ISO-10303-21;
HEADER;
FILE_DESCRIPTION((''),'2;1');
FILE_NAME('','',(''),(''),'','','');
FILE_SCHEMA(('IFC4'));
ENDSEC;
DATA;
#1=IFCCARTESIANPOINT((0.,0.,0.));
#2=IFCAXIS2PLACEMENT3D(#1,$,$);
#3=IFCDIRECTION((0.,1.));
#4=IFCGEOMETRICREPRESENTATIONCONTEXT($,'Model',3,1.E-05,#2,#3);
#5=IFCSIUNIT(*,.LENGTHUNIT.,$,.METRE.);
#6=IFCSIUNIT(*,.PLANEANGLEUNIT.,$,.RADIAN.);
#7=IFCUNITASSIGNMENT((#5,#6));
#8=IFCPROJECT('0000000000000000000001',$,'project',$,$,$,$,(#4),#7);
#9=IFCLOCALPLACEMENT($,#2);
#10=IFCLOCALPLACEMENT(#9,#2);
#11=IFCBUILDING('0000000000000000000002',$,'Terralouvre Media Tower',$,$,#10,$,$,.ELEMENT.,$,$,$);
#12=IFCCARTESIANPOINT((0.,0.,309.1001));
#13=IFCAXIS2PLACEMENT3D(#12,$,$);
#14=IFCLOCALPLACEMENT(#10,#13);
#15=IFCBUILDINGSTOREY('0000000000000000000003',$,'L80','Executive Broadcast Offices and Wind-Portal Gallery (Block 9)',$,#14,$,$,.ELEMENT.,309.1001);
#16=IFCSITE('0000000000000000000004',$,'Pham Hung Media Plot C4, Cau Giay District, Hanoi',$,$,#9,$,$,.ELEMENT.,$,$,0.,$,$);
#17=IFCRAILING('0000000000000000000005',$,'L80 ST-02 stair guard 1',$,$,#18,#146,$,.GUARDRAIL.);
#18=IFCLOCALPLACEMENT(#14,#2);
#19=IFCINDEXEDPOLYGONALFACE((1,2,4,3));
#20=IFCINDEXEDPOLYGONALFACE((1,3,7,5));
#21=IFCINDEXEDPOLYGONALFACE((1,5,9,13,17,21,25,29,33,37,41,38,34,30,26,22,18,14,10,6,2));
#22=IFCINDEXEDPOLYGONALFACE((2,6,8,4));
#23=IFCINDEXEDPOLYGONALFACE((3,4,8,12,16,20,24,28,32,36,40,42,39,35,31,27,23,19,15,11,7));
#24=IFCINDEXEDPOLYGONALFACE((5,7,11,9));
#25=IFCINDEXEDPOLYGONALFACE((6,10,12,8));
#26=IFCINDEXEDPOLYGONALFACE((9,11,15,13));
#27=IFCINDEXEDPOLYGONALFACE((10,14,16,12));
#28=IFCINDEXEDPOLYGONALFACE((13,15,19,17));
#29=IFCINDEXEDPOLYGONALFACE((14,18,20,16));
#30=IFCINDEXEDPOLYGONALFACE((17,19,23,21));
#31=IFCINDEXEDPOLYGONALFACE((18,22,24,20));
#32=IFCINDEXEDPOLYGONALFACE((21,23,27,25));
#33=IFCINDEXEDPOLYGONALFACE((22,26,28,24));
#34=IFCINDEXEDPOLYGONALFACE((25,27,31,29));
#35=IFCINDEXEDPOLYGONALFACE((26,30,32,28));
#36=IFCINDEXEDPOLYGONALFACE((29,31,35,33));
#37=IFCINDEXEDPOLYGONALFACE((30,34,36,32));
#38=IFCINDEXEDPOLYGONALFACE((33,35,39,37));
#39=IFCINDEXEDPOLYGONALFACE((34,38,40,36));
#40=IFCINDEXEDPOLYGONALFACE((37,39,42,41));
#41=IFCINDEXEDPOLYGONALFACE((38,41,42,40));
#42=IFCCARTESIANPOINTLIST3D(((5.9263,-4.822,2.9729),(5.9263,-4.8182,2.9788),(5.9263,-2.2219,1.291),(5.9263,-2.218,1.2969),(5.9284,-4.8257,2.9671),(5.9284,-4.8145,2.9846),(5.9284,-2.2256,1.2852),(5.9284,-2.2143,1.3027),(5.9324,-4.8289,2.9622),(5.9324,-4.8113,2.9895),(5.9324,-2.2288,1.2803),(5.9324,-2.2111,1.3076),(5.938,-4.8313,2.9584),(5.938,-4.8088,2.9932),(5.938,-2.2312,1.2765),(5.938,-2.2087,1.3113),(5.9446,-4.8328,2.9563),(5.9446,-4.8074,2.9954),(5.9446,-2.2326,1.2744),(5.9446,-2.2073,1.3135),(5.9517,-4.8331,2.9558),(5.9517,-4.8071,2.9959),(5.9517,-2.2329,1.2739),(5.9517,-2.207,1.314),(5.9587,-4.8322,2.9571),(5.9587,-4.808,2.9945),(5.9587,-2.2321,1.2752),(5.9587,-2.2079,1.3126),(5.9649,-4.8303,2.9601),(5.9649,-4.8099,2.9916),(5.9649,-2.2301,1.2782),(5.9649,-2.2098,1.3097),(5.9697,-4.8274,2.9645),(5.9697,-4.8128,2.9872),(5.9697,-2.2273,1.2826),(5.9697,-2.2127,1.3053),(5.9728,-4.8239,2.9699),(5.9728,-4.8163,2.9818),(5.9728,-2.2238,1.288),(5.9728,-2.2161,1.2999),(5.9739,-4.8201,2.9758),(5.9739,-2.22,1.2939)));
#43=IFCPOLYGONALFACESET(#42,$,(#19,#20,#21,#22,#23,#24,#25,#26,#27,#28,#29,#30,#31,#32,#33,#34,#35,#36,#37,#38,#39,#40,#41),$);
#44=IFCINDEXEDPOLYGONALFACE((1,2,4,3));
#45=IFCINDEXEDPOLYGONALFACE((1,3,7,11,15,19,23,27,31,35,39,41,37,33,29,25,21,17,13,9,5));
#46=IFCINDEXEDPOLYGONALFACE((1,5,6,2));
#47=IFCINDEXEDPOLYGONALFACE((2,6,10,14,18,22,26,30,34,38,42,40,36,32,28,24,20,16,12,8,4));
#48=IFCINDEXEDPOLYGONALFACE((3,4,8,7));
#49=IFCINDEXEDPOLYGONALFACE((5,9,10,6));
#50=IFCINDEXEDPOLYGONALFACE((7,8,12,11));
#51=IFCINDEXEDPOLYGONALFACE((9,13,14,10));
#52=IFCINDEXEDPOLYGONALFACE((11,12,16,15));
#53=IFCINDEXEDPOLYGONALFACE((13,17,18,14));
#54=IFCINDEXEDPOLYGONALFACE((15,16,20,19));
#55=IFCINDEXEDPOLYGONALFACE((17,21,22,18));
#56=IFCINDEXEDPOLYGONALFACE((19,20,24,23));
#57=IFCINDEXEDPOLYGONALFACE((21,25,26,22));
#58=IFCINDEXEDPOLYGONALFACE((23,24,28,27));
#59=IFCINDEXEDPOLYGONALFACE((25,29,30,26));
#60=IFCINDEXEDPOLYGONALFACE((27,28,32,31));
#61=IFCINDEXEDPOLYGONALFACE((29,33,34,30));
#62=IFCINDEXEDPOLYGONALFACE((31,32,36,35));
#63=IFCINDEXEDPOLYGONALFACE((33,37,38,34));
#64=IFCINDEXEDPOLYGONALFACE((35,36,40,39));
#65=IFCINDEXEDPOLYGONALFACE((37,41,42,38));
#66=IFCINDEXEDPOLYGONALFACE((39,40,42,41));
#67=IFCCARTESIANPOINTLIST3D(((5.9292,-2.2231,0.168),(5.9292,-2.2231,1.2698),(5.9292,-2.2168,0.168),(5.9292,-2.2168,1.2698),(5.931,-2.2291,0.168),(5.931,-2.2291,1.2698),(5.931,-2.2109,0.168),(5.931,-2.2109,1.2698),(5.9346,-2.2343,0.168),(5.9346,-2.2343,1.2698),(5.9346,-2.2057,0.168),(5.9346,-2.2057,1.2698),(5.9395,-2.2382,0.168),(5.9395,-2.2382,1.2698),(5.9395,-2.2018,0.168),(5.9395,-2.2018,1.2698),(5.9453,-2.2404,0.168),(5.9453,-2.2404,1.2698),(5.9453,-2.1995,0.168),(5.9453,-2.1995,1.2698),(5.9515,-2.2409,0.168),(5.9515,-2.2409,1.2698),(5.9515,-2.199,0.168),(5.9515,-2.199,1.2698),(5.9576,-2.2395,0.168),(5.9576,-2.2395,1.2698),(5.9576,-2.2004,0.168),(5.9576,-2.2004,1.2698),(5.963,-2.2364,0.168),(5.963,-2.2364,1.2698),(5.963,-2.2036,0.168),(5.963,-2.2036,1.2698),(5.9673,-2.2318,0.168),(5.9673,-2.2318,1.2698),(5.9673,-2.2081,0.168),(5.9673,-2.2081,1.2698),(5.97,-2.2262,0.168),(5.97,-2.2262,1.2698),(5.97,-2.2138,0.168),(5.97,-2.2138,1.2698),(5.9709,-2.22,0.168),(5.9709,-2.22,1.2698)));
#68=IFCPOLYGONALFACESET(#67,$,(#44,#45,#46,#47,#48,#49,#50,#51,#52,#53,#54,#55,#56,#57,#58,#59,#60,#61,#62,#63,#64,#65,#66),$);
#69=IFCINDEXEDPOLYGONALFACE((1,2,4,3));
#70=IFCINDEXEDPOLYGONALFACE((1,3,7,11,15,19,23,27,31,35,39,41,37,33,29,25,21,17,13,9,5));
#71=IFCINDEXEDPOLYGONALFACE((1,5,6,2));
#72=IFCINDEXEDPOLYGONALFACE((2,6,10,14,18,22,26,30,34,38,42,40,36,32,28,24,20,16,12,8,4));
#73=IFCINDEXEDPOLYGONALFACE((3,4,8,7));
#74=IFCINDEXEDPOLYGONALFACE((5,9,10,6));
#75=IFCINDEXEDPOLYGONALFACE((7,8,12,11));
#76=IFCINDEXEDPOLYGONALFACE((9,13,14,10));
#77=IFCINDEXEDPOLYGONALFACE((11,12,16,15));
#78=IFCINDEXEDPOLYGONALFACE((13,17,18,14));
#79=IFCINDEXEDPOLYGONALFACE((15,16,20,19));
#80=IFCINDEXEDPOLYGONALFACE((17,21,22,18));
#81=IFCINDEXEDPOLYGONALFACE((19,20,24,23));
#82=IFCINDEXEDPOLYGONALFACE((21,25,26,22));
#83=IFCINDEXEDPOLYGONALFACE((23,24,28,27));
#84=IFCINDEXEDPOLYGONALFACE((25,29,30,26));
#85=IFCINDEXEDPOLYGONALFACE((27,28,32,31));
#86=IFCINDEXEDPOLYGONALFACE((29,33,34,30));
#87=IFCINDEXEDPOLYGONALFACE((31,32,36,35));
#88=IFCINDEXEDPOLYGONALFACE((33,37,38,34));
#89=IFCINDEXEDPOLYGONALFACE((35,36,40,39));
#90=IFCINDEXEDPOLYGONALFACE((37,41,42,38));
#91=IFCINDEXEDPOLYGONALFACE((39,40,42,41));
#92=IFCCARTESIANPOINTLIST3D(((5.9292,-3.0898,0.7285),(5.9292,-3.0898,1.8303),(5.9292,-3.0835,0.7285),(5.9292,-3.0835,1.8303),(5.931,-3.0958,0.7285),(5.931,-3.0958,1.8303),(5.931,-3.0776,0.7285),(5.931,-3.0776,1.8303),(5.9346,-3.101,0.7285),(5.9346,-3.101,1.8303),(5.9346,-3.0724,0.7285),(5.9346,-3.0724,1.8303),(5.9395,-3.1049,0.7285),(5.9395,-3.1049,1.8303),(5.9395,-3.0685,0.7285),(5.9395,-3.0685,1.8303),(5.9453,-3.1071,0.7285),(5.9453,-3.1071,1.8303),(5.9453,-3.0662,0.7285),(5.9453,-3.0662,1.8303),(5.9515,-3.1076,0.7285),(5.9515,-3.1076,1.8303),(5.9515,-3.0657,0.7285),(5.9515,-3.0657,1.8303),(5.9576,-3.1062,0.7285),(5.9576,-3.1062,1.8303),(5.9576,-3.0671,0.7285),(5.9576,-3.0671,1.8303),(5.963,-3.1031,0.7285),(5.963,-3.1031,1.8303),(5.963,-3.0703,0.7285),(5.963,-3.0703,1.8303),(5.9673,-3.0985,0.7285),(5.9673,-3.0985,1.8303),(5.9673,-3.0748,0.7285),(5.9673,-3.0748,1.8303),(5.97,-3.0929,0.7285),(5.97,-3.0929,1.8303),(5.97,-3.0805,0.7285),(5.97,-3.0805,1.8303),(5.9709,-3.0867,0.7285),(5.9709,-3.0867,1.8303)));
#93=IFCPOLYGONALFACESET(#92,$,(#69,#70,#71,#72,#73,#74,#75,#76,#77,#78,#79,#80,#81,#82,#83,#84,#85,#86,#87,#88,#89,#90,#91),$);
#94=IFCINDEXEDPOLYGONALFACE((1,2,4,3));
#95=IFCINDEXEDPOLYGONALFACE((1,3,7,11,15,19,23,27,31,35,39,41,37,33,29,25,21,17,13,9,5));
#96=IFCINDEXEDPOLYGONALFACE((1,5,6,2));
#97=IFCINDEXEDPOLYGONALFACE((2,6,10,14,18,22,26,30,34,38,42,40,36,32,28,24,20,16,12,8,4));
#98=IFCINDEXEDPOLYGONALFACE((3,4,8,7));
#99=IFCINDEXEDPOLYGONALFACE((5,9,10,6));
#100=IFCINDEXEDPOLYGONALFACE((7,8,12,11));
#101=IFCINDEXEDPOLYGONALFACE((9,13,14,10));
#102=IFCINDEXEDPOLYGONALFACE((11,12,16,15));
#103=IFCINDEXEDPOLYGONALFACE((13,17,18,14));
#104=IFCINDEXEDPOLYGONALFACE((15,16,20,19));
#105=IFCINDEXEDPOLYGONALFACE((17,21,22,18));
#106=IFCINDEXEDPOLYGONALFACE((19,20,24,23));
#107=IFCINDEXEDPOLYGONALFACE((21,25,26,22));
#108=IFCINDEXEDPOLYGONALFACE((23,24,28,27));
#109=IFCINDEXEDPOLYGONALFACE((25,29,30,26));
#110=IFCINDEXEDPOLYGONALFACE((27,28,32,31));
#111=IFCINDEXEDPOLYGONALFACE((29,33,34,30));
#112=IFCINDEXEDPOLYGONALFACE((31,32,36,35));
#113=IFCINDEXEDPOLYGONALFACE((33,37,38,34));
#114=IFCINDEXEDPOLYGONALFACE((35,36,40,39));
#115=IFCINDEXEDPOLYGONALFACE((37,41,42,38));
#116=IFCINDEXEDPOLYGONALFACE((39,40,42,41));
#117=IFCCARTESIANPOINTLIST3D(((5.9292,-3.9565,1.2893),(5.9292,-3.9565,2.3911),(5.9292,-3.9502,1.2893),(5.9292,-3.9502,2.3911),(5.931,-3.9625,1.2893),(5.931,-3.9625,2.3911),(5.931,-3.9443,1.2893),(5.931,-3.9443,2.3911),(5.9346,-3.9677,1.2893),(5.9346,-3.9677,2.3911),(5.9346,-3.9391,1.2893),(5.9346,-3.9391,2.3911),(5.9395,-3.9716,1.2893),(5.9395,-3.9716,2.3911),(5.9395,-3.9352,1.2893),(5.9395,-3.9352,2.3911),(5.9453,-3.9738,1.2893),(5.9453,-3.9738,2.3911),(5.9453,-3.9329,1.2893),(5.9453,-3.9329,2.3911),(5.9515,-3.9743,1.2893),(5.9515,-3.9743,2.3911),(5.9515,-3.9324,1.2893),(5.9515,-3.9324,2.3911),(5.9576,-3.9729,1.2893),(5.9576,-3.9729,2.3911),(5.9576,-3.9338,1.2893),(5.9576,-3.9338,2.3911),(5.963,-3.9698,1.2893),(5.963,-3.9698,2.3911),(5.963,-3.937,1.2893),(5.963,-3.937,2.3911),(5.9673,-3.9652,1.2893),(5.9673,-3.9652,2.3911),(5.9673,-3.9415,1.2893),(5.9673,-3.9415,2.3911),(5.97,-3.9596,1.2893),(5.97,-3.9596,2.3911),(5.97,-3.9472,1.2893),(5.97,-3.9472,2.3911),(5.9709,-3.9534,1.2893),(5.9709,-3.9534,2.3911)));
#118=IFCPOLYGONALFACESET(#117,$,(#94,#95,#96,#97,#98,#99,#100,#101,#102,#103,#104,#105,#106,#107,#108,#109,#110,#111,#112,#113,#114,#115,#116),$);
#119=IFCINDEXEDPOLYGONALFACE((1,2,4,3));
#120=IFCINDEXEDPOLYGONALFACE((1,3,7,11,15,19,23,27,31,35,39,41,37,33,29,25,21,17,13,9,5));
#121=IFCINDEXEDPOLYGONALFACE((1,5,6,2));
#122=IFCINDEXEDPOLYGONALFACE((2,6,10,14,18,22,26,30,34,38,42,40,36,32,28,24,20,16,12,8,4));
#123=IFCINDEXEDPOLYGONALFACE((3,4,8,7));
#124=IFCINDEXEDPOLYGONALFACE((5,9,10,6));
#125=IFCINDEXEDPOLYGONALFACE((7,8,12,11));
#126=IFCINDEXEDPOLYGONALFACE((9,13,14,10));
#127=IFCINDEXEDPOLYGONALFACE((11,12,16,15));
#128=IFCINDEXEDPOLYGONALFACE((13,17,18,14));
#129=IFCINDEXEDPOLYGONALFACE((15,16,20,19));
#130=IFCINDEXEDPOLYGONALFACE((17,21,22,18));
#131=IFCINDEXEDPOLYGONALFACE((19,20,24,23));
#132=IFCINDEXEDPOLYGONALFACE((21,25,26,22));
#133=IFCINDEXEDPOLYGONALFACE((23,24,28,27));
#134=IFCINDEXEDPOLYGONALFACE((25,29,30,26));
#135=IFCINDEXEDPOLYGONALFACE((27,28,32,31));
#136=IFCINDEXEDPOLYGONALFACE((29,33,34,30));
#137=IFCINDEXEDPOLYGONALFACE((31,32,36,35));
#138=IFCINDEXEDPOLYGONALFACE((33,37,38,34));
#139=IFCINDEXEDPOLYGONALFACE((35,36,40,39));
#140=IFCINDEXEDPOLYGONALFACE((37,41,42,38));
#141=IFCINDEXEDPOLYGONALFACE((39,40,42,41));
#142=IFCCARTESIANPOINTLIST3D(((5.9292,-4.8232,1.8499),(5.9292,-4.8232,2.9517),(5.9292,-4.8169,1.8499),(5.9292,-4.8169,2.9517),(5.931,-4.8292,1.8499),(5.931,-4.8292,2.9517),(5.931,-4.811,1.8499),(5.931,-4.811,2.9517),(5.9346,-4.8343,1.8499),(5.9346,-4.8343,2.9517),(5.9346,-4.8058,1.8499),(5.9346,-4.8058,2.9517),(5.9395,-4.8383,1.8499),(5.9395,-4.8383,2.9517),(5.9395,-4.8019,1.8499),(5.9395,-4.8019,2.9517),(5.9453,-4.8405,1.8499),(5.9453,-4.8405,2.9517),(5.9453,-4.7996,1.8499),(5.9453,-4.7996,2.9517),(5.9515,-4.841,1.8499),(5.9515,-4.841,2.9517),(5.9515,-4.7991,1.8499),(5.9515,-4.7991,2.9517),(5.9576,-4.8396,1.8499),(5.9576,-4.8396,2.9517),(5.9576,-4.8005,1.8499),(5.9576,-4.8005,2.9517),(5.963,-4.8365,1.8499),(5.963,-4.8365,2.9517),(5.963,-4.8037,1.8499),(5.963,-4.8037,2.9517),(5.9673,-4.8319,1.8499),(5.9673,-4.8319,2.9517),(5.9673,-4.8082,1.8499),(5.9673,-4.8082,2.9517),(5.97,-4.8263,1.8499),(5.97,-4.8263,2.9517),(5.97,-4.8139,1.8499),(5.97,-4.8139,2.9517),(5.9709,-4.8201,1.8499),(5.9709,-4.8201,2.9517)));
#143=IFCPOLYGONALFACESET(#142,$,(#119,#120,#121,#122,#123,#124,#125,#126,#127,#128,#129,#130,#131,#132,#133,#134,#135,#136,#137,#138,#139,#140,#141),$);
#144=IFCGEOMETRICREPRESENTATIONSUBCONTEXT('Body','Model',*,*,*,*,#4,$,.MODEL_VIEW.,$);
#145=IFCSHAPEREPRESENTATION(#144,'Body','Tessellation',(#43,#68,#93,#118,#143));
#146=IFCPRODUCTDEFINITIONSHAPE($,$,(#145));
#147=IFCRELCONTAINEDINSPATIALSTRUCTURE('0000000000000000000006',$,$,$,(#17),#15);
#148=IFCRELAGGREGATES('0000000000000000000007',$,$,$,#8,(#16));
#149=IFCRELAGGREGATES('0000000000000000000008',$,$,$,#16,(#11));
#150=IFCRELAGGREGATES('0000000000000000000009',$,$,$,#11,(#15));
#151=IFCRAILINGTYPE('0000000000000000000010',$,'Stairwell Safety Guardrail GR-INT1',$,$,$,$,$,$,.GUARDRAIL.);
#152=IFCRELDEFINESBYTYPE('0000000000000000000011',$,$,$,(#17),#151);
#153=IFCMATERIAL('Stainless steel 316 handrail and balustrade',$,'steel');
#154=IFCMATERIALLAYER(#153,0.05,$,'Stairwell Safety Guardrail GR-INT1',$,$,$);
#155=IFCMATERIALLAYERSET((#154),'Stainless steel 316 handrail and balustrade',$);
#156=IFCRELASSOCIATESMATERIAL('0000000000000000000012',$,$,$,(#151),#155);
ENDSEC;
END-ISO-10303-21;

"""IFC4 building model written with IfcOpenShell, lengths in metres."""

from ifc_helpers import new_model, si_unit, direction, frame, origin, origin_2d, place, context, subcontext, project, spatial, circle, extrude, material, layer, layer_set, type_object, element, save


model = new_model("IFC4")

# Units and contexts
model_context = context("Model", 3, precision=1e-05, world=origin(), true_north=direction((0.0, 1.0)))
body_context = subcontext(model_context, "Body", "Model", "MODEL_VIEW")
ifc_project = project(units=[si_unit("LENGTHUNIT", "METRE"), si_unit("PLANEANGLEUNIT", "RADIAN")], contexts=[model_context])

# Site, building, storey
site_placement = place(None, origin())
site = spatial("IfcSite", under=ifc_project, at=site_placement, Name="Pham Hung Media Plot C4, Cau Giay District, Hanoi", CompositionType="ELEMENT", RefElevation=0.0)
building_placement = place(site_placement, origin())
building = spatial("IfcBuilding", under=site, at=building_placement, Name="Terralouvre Media Tower", CompositionType="ELEMENT")
storey_placement = place(building_placement, frame((0.0, 0.0, 309.1001)))
storey = spatial("IfcBuildingStorey", under=building, at=storey_placement, Name="L80", Description="Executive Broadcast Offices and Wind-Portal Gallery (Block 9)", CompositionType="ELEMENT", Elevation=309.1001)

# Railing
ifc_material_1 = material(Name="Stainless steel 316 handrail and balustrade", Category="steel")
ifc_layer_1 = layer(ifc_material_1, 0.05, Name="Stairwell Safety Guardrail GR-INT1")
ifc_layer_set_1 = layer_set([ifc_layer_1], Name="Stainless steel 316 handrail and balustrade")
railing_type_1 = type_object("IfcRailingType", Name="Stairwell Safety Guardrail GR-INT1", PredefinedType="GUARDRAIL", material=ifc_layer_set_1)
railing_1_placement = place(storey_placement, frame((5.95, -2.22, 0.168)))
element("IfcRailing", 1, at=railing_1_placement, inside=storey, type_object=railing_type_1, Name="L80 ST-02 stair guard 1", PredefinedType="GUARDRAIL", context=body_context, shape_type="SweptSolid", body=[
    extrude(circle(Radius=0.0239, at=origin_2d()), frame((0.0, 0.0, 1.126), z_axis=(0.0, -0.839648, 0.54313), x_axis=(1.0, 0.0, 0.0)), (0.0, 0.0, 1.0), 3.0967),
    extrude(circle(Radius=0.021, at=origin_2d()), origin(), (0.0, 0.0, 1.0), 1.1018),
    extrude(circle(Radius=0.021, at=origin_2d()), frame((0.0, -0.8667, 0.5605)), (0.0, 0.0, 1.0), 1.1018),
    extrude(circle(Radius=0.021, at=origin_2d()), frame((0.0, -1.7334, 1.1213)), (0.0, 0.0, 1.0), 1.1018),
    extrude(circle(Radius=0.021, at=origin_2d()), frame((0.0, -2.6001, 1.6819)), (0.0, 0.0, 1.0), 1.1018),
])

save(model, "model.ifc")
